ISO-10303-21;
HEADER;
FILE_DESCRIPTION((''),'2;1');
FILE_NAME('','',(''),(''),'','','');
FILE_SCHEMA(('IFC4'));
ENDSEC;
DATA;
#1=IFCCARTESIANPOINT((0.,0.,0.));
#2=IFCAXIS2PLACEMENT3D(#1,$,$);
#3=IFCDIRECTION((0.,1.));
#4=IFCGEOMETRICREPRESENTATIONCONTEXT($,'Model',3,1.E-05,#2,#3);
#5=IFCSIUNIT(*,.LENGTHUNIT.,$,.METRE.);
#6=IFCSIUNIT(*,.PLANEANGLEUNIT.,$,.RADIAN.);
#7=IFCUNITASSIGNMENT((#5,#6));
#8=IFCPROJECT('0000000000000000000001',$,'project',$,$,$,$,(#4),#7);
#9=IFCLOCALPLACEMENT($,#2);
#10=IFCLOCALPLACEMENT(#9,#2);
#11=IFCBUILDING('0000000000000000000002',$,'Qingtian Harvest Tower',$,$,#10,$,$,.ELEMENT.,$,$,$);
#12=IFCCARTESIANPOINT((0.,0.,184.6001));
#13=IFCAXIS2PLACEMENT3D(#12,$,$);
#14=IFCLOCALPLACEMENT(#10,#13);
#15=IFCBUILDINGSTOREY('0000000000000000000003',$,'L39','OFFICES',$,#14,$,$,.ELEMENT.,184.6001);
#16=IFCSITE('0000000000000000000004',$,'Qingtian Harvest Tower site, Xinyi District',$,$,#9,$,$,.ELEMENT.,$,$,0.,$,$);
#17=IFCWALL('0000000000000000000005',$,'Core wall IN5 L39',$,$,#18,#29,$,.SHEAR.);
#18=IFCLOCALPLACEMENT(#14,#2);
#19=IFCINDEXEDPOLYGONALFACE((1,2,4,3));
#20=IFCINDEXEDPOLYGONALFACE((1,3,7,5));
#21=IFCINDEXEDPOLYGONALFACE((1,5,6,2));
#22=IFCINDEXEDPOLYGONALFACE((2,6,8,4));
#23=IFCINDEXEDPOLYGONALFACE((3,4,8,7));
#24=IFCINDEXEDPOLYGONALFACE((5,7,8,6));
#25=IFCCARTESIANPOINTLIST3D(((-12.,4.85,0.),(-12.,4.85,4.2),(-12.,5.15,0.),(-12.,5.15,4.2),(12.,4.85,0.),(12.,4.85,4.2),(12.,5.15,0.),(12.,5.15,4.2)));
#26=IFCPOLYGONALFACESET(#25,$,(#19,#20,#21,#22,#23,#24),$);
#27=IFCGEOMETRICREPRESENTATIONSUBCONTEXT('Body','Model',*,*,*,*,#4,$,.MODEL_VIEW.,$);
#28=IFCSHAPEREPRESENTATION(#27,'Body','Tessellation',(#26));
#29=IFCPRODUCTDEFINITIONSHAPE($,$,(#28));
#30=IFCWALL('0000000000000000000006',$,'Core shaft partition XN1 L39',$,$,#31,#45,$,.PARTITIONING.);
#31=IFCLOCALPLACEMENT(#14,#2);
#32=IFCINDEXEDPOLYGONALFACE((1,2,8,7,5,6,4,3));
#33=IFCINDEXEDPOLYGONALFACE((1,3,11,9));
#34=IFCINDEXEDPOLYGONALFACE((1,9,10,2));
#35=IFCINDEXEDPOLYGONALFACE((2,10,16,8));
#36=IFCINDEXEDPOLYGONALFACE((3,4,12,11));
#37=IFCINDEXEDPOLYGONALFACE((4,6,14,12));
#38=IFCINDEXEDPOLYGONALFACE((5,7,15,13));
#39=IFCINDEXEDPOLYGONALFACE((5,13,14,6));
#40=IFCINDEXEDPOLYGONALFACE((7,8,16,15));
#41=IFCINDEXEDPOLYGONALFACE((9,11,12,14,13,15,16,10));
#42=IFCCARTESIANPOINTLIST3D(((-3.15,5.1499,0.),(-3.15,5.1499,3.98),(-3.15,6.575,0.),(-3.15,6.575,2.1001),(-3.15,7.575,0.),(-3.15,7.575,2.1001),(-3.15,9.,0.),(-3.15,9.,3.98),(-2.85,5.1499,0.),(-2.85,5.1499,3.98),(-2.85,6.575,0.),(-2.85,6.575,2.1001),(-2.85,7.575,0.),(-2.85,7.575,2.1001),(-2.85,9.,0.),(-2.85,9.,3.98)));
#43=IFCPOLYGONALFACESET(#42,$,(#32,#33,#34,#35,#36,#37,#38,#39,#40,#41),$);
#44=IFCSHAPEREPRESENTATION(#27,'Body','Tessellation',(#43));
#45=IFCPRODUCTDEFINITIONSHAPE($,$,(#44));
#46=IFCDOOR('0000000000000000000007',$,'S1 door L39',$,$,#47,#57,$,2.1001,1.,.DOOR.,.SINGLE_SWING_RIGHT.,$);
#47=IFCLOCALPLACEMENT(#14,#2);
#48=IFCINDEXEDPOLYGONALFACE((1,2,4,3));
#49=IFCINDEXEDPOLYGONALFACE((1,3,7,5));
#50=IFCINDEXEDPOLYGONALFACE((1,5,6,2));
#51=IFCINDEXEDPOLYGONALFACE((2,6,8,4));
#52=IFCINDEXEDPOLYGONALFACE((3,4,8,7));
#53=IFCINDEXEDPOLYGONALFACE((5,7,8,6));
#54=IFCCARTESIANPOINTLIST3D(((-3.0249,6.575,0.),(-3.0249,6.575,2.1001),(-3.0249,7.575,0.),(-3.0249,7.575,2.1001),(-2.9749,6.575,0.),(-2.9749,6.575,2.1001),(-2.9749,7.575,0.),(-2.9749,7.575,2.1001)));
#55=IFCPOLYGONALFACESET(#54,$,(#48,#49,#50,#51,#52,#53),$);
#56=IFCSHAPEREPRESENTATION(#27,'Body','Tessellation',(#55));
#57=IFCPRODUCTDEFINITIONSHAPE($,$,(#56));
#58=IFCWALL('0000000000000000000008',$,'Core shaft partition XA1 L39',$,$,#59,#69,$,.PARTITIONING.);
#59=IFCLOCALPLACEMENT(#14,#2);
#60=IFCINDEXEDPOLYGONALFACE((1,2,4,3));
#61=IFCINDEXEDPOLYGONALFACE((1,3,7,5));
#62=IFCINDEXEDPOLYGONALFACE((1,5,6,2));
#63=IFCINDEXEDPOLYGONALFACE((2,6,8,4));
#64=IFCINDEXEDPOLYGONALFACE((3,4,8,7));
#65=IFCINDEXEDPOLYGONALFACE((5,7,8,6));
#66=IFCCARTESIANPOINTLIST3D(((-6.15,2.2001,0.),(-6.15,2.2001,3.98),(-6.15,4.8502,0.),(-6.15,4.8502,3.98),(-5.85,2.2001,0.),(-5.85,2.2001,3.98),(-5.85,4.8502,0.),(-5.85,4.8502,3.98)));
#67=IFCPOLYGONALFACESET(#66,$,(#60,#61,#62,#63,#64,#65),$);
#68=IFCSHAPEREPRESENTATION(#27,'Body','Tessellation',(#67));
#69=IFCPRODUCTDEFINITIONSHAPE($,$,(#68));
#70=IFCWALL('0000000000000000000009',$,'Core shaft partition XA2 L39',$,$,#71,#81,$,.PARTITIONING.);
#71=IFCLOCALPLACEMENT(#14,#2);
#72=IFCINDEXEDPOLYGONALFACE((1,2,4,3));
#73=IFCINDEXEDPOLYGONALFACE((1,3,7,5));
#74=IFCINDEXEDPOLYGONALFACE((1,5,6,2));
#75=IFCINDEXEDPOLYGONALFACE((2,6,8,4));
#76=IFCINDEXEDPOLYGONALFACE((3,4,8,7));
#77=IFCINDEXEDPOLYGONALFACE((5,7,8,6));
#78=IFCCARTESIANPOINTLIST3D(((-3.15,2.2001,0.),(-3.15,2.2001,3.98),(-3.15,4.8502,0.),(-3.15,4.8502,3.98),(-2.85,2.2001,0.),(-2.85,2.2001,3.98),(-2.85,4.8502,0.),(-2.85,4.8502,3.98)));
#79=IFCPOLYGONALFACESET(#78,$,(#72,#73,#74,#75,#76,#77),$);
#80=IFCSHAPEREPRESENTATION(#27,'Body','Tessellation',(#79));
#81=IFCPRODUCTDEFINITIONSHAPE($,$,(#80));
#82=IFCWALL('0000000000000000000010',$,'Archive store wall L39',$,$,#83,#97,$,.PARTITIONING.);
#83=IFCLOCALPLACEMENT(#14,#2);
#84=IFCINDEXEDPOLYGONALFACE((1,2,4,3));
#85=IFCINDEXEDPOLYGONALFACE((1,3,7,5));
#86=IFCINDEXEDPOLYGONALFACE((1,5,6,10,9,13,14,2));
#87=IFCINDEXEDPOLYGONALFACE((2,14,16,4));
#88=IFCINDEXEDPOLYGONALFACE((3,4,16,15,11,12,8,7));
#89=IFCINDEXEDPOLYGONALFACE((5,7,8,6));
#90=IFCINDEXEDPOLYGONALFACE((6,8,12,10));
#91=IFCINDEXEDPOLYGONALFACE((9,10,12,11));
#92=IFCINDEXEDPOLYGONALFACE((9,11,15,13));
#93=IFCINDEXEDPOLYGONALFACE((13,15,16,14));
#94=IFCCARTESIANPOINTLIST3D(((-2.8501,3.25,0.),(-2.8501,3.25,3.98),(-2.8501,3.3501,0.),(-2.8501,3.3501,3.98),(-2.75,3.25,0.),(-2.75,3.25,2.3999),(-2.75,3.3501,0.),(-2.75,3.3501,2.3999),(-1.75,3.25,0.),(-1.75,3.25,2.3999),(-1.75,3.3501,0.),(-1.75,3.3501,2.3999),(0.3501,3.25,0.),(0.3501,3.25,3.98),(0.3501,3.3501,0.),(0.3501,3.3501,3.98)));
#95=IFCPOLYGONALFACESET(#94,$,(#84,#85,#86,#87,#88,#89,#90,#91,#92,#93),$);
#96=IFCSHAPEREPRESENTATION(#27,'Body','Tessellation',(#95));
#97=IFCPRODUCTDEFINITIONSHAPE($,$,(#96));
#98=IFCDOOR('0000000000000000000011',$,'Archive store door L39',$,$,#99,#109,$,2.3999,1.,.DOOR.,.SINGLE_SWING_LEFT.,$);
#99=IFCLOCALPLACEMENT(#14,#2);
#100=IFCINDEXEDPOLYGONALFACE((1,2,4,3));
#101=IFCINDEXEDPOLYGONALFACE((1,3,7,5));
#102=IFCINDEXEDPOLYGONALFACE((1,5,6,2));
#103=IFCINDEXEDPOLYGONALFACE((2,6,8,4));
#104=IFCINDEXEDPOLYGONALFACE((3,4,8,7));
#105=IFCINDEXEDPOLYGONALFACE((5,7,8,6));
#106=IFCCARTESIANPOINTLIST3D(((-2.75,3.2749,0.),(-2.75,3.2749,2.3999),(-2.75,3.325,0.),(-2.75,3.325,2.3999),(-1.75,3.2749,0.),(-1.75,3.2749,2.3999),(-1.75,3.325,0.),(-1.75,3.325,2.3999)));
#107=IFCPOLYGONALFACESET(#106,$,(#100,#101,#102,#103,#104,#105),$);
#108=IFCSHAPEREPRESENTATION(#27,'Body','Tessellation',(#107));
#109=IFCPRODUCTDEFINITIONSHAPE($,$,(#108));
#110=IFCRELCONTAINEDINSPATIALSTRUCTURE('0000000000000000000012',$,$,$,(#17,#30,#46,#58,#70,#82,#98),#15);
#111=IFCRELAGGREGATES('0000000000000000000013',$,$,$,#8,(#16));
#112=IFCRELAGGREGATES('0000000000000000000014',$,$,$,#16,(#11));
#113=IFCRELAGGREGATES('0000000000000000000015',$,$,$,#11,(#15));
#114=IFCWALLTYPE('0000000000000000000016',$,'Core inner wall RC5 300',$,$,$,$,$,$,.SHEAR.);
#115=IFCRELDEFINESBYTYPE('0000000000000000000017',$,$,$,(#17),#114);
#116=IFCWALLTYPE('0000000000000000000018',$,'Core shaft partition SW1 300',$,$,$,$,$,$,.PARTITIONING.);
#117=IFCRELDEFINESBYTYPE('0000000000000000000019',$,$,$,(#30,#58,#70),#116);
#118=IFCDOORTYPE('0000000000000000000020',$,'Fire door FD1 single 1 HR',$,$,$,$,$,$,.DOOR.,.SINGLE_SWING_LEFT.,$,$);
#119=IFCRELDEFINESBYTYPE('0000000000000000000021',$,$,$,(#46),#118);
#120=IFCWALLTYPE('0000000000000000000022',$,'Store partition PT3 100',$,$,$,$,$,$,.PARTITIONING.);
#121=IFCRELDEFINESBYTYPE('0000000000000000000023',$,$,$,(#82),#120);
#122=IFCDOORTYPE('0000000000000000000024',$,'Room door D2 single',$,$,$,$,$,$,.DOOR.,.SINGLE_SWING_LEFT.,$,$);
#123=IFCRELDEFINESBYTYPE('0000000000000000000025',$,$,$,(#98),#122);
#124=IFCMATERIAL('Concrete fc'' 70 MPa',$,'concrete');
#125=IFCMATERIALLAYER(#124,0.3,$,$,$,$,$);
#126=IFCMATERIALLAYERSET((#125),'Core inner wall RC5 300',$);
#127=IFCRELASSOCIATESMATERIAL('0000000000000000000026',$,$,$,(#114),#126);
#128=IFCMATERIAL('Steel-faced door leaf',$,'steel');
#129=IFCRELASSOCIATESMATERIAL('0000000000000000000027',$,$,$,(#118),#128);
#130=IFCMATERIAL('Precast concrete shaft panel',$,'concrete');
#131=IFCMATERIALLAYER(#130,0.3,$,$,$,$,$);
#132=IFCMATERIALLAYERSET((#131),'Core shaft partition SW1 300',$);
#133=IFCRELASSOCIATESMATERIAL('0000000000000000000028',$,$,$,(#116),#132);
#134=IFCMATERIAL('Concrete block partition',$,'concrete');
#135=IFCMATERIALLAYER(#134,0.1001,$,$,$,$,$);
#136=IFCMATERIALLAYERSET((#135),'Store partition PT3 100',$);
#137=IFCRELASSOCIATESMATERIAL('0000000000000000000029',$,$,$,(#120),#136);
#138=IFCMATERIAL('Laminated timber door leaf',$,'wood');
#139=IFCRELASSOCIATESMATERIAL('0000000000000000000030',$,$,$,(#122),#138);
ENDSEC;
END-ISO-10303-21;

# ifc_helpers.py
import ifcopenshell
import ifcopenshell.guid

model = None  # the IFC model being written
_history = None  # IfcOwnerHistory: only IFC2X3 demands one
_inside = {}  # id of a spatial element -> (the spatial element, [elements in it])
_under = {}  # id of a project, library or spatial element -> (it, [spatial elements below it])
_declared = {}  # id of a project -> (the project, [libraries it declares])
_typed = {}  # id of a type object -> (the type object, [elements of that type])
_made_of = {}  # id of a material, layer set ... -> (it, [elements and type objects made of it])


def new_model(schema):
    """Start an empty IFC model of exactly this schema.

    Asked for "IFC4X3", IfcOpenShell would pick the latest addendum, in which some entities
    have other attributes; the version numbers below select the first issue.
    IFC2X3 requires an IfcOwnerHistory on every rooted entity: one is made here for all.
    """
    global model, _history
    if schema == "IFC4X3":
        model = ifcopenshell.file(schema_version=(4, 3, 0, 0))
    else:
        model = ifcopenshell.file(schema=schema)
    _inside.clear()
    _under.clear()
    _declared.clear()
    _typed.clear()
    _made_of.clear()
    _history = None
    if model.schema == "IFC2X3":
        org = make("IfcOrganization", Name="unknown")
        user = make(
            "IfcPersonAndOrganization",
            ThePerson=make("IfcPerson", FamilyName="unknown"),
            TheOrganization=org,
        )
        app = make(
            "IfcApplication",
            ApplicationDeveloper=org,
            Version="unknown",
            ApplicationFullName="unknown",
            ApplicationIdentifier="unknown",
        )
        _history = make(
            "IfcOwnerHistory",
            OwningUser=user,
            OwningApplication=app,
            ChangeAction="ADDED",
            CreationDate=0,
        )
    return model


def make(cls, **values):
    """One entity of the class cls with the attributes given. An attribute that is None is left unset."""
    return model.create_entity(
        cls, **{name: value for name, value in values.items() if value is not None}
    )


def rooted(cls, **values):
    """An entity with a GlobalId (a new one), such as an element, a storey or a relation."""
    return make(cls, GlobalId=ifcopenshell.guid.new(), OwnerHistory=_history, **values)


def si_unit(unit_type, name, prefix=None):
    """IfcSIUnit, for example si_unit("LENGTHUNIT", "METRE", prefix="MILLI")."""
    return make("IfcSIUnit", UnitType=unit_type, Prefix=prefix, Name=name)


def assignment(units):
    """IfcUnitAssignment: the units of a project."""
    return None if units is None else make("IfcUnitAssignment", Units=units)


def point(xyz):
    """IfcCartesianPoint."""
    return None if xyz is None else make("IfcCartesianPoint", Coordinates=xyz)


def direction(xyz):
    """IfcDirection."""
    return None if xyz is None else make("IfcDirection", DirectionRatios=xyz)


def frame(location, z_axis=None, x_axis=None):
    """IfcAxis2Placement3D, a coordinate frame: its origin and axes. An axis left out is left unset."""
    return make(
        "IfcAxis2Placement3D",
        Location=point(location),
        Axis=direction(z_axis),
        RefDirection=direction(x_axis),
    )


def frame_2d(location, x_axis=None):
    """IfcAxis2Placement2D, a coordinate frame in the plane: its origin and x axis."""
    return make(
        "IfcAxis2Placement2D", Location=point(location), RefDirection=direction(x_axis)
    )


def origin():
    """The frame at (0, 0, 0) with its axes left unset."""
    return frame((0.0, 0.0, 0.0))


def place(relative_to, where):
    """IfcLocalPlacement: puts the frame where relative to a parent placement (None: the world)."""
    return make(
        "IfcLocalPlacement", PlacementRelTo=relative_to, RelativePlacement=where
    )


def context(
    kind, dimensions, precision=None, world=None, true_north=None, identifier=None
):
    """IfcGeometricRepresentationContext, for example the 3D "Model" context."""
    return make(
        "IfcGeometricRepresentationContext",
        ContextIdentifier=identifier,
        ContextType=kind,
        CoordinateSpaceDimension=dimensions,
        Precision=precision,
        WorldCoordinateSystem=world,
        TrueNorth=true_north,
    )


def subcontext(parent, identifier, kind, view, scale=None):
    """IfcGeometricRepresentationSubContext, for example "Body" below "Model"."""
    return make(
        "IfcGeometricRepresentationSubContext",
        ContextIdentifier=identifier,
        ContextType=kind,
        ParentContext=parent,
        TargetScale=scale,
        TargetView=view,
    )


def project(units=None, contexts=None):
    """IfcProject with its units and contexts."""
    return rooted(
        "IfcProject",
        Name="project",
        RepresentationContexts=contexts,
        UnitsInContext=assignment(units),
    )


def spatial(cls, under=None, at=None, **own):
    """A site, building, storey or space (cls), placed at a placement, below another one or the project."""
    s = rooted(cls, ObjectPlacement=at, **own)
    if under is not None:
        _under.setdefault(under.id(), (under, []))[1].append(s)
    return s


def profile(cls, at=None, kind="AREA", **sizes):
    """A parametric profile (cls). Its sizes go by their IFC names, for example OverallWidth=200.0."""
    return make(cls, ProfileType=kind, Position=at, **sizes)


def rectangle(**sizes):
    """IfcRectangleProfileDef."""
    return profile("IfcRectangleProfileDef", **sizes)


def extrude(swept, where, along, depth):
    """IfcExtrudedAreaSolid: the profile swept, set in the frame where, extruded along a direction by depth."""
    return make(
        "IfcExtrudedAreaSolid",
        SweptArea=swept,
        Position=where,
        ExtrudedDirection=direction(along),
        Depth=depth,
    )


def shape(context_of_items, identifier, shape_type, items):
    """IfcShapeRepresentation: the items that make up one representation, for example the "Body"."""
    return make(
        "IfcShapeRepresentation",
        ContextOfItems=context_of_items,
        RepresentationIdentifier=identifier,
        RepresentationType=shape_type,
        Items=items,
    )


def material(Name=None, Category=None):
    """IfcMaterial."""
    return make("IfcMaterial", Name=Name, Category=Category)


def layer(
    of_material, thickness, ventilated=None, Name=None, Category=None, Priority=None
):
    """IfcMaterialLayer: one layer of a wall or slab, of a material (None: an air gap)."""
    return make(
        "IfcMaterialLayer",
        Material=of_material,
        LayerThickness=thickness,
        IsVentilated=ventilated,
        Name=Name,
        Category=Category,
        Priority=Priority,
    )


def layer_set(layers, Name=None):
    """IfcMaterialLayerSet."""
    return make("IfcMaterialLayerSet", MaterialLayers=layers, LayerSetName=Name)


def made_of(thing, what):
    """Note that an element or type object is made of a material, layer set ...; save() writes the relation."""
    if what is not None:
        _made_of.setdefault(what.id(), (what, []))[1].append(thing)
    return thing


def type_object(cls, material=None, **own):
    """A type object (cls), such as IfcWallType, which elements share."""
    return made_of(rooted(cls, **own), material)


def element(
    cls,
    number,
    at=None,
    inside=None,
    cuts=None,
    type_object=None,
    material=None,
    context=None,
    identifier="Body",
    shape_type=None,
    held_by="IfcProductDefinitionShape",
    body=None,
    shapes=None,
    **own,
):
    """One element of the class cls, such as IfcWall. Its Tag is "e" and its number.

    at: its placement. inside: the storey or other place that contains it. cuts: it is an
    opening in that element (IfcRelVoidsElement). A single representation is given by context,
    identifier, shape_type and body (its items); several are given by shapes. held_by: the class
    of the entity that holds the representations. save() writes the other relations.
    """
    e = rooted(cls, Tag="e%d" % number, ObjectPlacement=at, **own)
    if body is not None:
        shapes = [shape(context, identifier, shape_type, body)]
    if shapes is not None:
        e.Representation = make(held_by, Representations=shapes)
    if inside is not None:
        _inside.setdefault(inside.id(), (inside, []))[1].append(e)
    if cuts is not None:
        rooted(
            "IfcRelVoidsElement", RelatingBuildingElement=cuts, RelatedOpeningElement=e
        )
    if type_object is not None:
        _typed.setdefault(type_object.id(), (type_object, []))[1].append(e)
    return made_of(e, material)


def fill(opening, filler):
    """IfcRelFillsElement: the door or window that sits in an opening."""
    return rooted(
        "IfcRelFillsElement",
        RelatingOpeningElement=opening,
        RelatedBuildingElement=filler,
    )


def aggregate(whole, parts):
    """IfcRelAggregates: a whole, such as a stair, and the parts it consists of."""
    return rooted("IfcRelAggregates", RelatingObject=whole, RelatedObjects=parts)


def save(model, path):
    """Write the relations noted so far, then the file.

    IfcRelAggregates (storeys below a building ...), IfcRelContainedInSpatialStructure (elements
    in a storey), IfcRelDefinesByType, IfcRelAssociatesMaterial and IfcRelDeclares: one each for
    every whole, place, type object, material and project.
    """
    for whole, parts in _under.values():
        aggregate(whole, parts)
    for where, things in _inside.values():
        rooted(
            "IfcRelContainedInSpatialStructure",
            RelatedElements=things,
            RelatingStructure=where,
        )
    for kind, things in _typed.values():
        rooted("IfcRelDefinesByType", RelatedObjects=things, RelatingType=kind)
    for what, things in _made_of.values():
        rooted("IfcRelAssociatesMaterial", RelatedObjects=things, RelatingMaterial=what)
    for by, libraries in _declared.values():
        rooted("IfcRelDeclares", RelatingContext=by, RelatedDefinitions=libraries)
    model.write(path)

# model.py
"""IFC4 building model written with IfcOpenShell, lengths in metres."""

from ifc_helpers import new_model, si_unit, direction, frame, frame_2d, origin, place, context, subcontext, project, spatial, rectangle, extrude, material, layer, layer_set, type_object, element, fill, save


model = new_model("IFC4")

# Units and contexts
model_context = context("Model", 3, precision=1e-05, world=origin(), true_north=direction((0.0, 1.0)))
body_context = subcontext(model_context, "Body", "Model", "MODEL_VIEW")
ifc_project = project(units=[si_unit("LENGTHUNIT", "METRE"), si_unit("PLANEANGLEUNIT", "RADIAN")], contexts=[model_context])

# Site, building, storey
site_placement = place(None, origin())
site = spatial("IfcSite", under=ifc_project, at=site_placement, Name="Qingtian Harvest Tower site, Xinyi District", CompositionType="ELEMENT", RefElevation=0.0)
building_placement = place(site_placement, origin())
building = spatial("IfcBuilding", under=site, at=building_placement, Name="Qingtian Harvest Tower", CompositionType="ELEMENT")
storey_placement = place(building_placement, frame((0.0, 0.0, 184.6001)))
storey = spatial("IfcBuildingStorey", under=building, at=storey_placement, Name="L39", Description="OFFICES", CompositionType="ELEMENT", Elevation=184.6001)

# Wall
ifc_material_1 = material(Name="Concrete fc' 70 MPa", Category="concrete")
ifc_layer_1 = layer(ifc_material_1, 0.3)
ifc_layer_set_1 = layer_set([ifc_layer_1], Name="Core inner wall RC5 300")
wall_type_1 = type_object("IfcWallType", Name="Core inner wall RC5 300", PredefinedType="SHEAR", material=ifc_layer_set_1)
wall_1_placement = place(storey_placement, frame((-12.0, 5.0, 0.0), z_axis=(0.0, 0.0, 1.0), x_axis=(1.0, 0.0, 0.0)))
element("IfcWall", 1, at=wall_1_placement, inside=storey, type_object=wall_type_1, Name="Core wall IN5 L39", PredefinedType="SHEAR", context=body_context, shape_type="SweptSolid", body=[
    extrude(rectangle(XDim=24.0, YDim=0.3, at=frame_2d((12.0, 0.0))), origin(), (0.0, 0.0, 1.0), 4.2),
])

# Shared definitions
ifc_material_2 = material(Name="Steel-faced door leaf", Category="steel")
door_type_1 = type_object("IfcDoorType", Name="Fire door FD1 single 1 HR", OperationType="SINGLE_SWING_LEFT", PredefinedType="DOOR", material=ifc_material_2)

# Wall, opening, door
ifc_material_3 = material(Name="Precast concrete shaft panel", Category="concrete")
ifc_layer_2 = layer(ifc_material_3, 0.3)
ifc_layer_set_2 = layer_set([ifc_layer_2], Name="Core shaft partition SW1 300")
wall_type_2 = type_object("IfcWallType", Name="Core shaft partition SW1 300", PredefinedType="PARTITIONING", material=ifc_layer_set_2)
wall_2_placement = place(storey_placement, frame((-3.0, 5.1499, 0.0), z_axis=(0.0, 0.0, 1.0), x_axis=(0.0, 1.0, 0.0)))
wall_2 = element("IfcWall", 2, at=wall_2_placement, inside=storey, type_object=wall_type_2, Name="Core shaft partition XN1 L39", PredefinedType="PARTITIONING", context=body_context, shape_type="SweptSolid", body=[
    extrude(rectangle(XDim=3.8501, YDim=0.3, at=frame_2d((1.925, 0.0))), origin(), (0.0, 0.0, 1.0), 3.98),
])
opening_1_placement = place(wall_2_placement, frame((1.425, 0.0, 0.0)))
opening_1 = element("IfcOpeningElement", 3, at=opening_1_placement, cuts=wall_2, PredefinedType="OPENING", context=body_context, shape_type="SweptSolid", body=[
    extrude(rectangle(XDim=1.0, YDim=2.1001, at=frame_2d((0.5, 1.05))), frame((0.0, 0.1599, 0.0), z_axis=(0.0, -1.0, 0.0), x_axis=(1.0, 0.0, 0.0)), (0.0, 0.0, 1.0), 0.3201),
])
door_1_placement = place(opening_1_placement, origin())
door_1 = element("IfcDoor", 4, at=door_1_placement, inside=storey, type_object=door_type_1, Name="S1 door L39", OperationType="SINGLE_SWING_RIGHT", OverallHeight=2.1001, OverallWidth=1.0, PredefinedType="DOOR", context=body_context, shape_type="SweptSolid", body=[
    extrude(rectangle(XDim=1.0, YDim=2.1001, at=frame_2d((0.5, 1.05))), frame((0.0, 0.0249, 0.0), z_axis=(0.0, -1.0, 0.0), x_axis=(1.0, 0.0, 0.0)), (0.0, 0.0, 1.0), 0.05),
])
fill(opening_1, door_1)

# Walls
for number, where, z_axis, x_axis, name in (
    (5, (-6.0, 2.2, 0.0), (0.0, 0.0, 1.0), (0.0, 1.0, 0.0), "Core shaft partition XA1 L39"),
    (6, (-3.0, 2.2, 0.0), (0.0, 0.0, 1.0), (0.0, 1.0, 0.0), "Core shaft partition XA2 L39"),
):
    element("IfcWall", number, at=place(storey_placement, frame(where, z_axis=z_axis, x_axis=x_axis)), inside=storey, type_object=wall_type_2, Name=name, PredefinedType="PARTITIONING", context=body_context, shape_type="SweptSolid", body=[
        extrude(rectangle(XDim=2.6501, YDim=0.3, at=frame_2d((1.3252, 0.0))), origin(), (0.0, 0.0, 1.0), 3.98),
    ])

# Wall, opening, door
ifc_material_4 = material(Name="Concrete block partition", Category="concrete")
ifc_layer_3 = layer(ifc_material_4, 0.1001)
ifc_layer_set_3 = layer_set([ifc_layer_3], Name="Store partition PT3 100")
wall_type_3 = type_object("IfcWallType", Name="Store partition PT3 100", PredefinedType="PARTITIONING", material=ifc_layer_set_3)
wall_3_placement = place(storey_placement, frame((-2.8501, 3.3, 0.0), z_axis=(0.0, 0.0, 1.0), x_axis=(1.0, 0.0, 0.0)))
wall_3 = element("IfcWall", 7, at=wall_3_placement, inside=storey, type_object=wall_type_3, Name="Archive store wall L39", PredefinedType="PARTITIONING", context=body_context, shape_type="SweptSolid", body=[
    extrude(rectangle(XDim=3.2002, YDim=0.1001, at=frame_2d((1.6001, 0.0))), origin(), (0.0, 0.0, 1.0), 3.98),
])
opening_2_placement = place(wall_3_placement, frame((0.1001, 0.0, 0.0)))
opening_2 = element("IfcOpeningElement", 8, at=opening_2_placement, cuts=wall_3, PredefinedType="OPENING", context=body_context, shape_type="SweptSolid", body=[
    extrude(rectangle(XDim=1.0, YDim=2.3999, at=frame_2d((0.5, 1.2))), frame((0.0, 0.0601, 0.0), z_axis=(0.0, -1.0, 0.0), x_axis=(1.0, 0.0, 0.0)), (0.0, 0.0, 1.0), 0.1201),
])
ifc_material_5 = material(Name="Laminated timber door leaf", Category="wood")
door_type_2 = type_object("IfcDoorType", Name="Room door D2 single", OperationType="SINGLE_SWING_LEFT", PredefinedType="DOOR", material=ifc_material_5)
door_2_placement = place(opening_2_placement, origin())
door_2 = element("IfcDoor", 9, at=door_2_placement, inside=storey, type_object=door_type_2, Name="Archive store door L39", OperationType="SINGLE_SWING_LEFT", OverallHeight=2.3999, OverallWidth=1.0, PredefinedType="DOOR", context=body_context, shape_type="SweptSolid", body=[
    extrude(rectangle(XDim=1.0, YDim=2.3999, at=frame_2d((0.5, 1.2))), frame((0.0, 0.0249, 0.0), z_axis=(0.0, -1.0, 0.0), x_axis=(1.0, 0.0, 0.0)), (0.0, 0.0, 1.0), 0.05),
])
fill(opening_2, door_2)

save(model, "model.ifc")
